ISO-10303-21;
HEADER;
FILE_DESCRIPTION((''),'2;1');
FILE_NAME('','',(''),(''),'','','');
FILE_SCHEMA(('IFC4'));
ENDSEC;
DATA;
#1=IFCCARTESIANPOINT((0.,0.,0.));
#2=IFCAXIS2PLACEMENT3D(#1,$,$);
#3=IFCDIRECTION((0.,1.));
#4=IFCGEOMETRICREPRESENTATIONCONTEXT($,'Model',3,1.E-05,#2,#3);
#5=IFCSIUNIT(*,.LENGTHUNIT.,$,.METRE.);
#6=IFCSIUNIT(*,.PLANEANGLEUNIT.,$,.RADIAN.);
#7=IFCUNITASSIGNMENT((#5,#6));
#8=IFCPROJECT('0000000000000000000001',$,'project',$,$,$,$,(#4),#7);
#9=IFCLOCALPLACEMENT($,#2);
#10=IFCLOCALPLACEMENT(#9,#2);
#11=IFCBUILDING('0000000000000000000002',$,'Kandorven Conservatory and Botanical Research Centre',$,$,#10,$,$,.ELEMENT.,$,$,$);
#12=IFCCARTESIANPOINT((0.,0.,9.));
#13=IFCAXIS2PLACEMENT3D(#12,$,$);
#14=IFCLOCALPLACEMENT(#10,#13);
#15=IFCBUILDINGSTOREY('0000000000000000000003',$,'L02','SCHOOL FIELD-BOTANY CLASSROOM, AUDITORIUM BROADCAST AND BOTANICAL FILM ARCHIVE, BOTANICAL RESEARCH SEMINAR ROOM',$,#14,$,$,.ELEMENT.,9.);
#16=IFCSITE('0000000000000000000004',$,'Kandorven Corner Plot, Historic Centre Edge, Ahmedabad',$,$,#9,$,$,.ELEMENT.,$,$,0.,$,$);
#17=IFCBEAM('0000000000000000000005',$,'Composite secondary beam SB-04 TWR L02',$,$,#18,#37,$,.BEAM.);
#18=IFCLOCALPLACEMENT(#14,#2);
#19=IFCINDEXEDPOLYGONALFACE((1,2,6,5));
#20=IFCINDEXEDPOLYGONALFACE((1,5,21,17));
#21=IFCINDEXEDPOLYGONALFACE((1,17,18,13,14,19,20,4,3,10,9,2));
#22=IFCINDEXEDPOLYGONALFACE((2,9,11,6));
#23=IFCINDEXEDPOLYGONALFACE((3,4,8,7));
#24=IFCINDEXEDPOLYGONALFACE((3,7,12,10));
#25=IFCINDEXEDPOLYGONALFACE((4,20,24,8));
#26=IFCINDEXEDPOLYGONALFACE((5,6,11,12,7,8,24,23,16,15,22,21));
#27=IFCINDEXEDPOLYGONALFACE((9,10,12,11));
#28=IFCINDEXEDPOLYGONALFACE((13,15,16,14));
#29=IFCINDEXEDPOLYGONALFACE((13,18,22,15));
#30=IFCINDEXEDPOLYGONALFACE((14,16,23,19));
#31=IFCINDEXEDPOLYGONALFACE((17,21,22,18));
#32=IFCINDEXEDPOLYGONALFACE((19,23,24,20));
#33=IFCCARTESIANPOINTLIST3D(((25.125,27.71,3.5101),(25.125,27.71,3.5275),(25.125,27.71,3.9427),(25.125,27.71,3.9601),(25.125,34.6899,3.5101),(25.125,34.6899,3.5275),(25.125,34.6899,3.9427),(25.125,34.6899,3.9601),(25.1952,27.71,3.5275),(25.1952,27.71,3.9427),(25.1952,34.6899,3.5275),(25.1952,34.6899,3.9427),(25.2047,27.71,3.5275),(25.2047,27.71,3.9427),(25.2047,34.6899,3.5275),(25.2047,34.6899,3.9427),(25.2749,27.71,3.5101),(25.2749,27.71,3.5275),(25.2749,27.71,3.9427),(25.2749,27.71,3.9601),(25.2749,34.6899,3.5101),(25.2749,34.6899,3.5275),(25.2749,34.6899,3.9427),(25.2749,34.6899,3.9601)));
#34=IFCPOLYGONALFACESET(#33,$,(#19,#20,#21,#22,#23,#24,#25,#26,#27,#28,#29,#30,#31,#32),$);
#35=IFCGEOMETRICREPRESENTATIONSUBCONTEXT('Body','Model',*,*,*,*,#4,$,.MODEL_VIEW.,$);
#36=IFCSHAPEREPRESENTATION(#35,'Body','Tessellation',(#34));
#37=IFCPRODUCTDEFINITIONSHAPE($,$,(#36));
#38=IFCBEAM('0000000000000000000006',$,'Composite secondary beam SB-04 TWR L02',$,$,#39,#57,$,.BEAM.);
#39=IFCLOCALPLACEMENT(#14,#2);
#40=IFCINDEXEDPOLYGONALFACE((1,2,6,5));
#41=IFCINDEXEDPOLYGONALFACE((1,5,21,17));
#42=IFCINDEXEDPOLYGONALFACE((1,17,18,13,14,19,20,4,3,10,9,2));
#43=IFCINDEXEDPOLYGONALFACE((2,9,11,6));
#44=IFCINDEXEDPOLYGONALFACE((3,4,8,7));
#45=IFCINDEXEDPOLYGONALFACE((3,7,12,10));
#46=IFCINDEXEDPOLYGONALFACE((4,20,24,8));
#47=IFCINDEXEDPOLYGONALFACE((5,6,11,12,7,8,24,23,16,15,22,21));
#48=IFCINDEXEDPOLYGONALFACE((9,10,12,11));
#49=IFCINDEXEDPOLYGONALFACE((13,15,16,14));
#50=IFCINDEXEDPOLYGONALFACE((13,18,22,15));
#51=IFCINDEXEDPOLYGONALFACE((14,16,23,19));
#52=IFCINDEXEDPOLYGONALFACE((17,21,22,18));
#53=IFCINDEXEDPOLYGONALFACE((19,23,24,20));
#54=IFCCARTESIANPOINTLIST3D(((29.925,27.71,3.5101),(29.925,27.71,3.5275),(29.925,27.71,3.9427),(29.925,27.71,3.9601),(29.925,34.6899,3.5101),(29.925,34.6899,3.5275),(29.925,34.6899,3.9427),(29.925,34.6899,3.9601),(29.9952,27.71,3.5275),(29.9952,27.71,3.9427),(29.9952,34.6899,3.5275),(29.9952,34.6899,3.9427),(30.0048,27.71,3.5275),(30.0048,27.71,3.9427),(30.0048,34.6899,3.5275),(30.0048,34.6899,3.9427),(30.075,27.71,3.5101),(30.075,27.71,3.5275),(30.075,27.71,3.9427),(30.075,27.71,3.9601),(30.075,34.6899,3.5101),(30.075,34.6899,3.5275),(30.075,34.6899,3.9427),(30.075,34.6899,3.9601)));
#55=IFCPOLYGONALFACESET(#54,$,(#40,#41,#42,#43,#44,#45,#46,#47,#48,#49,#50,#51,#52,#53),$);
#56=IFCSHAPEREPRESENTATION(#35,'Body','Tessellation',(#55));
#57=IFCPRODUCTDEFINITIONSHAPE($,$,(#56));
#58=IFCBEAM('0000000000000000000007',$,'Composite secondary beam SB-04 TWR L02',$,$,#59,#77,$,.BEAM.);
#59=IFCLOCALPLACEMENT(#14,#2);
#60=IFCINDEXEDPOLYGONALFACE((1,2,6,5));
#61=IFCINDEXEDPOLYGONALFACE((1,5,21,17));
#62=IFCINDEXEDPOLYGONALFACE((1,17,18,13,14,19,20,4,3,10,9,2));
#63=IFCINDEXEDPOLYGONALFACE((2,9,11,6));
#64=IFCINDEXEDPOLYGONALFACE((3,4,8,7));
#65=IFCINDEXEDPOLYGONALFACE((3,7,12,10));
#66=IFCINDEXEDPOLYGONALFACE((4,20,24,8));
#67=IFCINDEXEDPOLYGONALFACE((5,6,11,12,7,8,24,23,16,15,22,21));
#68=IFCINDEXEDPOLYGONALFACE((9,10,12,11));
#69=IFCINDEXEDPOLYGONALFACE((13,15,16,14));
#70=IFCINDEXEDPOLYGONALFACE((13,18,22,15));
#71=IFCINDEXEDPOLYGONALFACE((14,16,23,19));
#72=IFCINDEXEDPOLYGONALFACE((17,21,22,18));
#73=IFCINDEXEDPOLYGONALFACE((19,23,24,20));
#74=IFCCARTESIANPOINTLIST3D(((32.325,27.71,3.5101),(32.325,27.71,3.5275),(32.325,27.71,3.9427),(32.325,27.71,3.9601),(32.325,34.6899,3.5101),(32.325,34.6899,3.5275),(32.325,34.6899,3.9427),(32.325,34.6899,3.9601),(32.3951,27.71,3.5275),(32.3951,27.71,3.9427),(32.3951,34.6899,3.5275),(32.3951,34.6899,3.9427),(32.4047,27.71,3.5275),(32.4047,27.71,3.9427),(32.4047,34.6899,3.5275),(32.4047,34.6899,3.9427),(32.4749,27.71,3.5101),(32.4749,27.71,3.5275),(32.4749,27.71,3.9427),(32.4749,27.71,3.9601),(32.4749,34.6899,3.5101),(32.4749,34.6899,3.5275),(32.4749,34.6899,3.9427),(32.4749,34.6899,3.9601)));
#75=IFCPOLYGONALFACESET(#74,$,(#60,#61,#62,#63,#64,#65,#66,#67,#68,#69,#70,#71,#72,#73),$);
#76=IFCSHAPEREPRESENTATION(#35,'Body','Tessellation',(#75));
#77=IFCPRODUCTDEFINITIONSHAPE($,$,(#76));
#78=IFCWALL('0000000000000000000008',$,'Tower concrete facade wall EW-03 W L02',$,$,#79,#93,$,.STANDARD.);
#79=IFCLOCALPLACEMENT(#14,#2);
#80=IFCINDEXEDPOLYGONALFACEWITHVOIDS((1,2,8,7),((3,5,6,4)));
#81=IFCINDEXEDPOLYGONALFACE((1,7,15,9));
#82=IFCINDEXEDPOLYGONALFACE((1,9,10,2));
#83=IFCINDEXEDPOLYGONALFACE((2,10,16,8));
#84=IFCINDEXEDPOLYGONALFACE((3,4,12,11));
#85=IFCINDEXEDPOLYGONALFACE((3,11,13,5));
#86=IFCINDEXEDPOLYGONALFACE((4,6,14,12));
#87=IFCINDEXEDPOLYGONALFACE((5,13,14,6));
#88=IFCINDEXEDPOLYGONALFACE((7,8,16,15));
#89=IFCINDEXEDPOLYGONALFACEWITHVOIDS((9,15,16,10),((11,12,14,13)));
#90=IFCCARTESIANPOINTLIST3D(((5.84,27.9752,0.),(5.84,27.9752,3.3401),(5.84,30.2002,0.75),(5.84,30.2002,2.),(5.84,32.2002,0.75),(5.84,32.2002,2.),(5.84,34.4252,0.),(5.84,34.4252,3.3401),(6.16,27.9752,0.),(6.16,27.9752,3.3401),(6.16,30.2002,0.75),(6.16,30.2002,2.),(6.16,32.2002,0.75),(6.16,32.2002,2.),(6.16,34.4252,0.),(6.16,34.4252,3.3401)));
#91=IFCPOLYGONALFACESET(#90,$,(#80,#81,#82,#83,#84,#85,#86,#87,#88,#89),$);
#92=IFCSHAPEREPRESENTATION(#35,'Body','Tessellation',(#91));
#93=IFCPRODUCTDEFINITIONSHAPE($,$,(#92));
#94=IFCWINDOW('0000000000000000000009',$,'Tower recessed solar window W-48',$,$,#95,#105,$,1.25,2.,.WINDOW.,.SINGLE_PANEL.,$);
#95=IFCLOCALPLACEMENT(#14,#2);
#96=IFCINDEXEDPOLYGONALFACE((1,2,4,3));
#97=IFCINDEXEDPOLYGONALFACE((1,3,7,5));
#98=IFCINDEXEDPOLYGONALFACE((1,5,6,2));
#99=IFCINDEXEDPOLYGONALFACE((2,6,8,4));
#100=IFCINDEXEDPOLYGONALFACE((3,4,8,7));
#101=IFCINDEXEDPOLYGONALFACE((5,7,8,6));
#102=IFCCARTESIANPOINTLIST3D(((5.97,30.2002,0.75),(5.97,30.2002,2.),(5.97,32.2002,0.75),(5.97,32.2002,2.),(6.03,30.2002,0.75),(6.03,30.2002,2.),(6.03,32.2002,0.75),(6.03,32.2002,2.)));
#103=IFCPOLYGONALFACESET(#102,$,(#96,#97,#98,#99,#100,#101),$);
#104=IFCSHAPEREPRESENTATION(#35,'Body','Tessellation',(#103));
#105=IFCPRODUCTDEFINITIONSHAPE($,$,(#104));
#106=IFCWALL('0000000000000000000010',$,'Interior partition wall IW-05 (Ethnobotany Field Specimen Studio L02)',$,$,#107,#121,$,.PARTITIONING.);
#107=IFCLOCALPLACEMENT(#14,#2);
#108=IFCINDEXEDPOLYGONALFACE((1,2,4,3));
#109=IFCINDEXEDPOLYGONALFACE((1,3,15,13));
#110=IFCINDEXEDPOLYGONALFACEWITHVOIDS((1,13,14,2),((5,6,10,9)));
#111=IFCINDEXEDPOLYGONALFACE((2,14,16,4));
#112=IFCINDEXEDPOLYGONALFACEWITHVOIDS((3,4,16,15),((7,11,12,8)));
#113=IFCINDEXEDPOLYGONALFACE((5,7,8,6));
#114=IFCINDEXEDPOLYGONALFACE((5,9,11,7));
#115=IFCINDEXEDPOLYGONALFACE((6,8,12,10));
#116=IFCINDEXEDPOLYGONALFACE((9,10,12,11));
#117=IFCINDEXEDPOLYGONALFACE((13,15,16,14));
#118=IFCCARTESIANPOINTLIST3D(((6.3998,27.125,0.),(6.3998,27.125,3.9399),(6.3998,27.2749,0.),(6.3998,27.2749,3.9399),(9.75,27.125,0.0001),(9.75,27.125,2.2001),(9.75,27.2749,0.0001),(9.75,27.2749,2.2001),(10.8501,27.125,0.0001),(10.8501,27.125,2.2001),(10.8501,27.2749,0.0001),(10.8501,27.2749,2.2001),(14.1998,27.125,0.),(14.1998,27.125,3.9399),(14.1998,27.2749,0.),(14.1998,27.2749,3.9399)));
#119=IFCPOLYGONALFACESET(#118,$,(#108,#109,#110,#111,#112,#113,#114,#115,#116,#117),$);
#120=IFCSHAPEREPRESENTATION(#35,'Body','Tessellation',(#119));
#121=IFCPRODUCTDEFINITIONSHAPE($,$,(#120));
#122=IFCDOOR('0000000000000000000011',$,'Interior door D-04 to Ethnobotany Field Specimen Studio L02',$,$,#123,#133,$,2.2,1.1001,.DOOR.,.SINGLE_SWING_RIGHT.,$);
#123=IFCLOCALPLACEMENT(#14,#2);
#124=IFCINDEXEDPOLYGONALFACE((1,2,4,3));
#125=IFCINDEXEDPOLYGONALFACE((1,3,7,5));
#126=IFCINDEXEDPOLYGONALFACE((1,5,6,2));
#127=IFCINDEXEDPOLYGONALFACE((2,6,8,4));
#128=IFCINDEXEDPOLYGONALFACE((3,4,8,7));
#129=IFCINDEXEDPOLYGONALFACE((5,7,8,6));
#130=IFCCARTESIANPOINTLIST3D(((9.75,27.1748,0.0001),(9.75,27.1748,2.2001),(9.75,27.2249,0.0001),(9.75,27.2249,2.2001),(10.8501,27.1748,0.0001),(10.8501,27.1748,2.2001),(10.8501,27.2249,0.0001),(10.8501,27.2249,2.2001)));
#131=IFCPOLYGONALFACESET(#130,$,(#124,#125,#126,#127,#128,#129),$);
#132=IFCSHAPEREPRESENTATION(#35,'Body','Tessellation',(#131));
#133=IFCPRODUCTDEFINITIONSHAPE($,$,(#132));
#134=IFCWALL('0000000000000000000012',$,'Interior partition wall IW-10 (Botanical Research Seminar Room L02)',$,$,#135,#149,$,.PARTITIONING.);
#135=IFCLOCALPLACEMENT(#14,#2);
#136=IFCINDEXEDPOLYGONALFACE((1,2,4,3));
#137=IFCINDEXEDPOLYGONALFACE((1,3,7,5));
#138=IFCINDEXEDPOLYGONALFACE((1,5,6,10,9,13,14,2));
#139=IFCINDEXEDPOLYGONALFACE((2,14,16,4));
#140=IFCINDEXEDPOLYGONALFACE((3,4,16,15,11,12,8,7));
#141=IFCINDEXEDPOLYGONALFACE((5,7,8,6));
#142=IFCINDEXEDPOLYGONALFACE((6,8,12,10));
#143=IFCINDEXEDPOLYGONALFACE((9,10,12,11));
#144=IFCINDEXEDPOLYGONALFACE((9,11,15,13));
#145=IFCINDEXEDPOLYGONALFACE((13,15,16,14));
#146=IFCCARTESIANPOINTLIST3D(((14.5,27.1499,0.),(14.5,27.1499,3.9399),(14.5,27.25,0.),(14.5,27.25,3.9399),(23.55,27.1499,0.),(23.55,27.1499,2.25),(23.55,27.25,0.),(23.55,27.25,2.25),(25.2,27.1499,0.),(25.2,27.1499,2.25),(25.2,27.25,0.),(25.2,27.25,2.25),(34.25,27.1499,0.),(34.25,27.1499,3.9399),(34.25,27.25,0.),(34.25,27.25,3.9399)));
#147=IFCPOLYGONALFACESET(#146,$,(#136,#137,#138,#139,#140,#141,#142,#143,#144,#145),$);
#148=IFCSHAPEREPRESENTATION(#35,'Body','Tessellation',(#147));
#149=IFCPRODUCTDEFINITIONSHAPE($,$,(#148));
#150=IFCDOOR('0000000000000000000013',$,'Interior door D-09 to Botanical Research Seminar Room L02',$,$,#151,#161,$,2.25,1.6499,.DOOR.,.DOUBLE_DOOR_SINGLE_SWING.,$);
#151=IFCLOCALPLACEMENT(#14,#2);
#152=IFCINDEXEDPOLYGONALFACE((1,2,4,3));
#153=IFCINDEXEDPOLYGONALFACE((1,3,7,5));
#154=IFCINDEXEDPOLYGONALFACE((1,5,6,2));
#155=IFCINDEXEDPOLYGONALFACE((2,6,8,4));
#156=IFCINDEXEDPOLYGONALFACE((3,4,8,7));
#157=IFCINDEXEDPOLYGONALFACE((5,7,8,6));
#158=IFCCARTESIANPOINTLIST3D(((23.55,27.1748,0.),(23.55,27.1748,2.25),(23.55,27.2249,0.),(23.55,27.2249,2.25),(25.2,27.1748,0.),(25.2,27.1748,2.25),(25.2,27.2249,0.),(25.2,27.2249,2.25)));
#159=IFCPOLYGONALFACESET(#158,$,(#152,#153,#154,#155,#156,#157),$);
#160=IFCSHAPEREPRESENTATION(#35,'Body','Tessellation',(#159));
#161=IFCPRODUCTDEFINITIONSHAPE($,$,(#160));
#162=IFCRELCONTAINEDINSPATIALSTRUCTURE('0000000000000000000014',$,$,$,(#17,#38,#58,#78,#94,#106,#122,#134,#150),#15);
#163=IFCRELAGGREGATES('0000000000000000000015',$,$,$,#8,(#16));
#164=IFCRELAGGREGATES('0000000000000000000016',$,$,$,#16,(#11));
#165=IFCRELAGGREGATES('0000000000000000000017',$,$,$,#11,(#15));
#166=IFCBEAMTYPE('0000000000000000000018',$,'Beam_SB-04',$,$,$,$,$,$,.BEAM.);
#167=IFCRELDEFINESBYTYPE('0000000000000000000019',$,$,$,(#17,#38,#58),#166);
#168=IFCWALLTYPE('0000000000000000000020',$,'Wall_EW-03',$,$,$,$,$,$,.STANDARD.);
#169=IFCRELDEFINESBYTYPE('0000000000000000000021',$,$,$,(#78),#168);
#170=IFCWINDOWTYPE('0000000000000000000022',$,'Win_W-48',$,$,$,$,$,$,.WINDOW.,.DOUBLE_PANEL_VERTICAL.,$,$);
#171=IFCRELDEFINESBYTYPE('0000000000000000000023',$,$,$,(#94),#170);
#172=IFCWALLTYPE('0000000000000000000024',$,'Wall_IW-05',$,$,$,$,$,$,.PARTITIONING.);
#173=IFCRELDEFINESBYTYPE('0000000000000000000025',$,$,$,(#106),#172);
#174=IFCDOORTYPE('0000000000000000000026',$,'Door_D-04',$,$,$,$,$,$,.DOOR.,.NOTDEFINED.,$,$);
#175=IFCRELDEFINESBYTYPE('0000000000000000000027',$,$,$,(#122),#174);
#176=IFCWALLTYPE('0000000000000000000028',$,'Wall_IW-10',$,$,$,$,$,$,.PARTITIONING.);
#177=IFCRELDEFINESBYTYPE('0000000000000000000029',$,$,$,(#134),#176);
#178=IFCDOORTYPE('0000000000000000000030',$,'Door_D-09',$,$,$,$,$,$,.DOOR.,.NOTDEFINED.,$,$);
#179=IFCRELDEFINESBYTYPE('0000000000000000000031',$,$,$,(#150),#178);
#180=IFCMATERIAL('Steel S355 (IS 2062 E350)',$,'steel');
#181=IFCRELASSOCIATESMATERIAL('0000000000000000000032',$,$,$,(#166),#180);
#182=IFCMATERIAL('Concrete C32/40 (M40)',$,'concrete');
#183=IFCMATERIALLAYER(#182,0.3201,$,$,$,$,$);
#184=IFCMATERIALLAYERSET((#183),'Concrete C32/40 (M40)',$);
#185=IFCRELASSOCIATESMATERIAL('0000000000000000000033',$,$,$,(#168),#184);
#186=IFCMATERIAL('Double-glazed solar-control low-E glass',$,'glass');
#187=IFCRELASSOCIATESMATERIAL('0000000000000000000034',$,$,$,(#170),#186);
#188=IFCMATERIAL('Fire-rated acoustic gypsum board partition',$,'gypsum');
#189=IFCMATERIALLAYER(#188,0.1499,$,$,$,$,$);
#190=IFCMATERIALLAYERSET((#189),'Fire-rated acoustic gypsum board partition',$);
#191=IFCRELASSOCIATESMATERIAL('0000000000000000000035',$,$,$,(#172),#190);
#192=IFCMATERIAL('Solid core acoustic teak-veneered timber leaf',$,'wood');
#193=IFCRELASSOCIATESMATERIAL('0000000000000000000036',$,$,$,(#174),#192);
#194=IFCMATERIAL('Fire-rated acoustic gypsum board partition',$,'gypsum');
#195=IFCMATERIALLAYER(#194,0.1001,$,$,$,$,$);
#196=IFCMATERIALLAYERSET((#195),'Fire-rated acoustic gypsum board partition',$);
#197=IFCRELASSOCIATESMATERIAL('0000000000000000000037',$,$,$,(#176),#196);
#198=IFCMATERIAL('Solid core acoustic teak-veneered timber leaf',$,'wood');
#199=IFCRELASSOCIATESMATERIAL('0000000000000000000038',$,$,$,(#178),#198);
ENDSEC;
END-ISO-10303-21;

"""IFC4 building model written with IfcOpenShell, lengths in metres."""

from ifc_helpers import new_model, si_unit, direction, frame, frame_2d, origin, origin_2d, place, context, subcontext, project, spatial, rectangle, i_section, extrude, material, layer, layer_set, material_profile, profile_set, type_object, element, fill, save


model = new_model("IFC4")

# Units and contexts
model_context = context("Model", 3, precision=1e-05, world=origin(), true_north=direction((0.0, 1.0)))
body_context = subcontext(model_context, "Body", "Model", "MODEL_VIEW")
ifc_project = project(units=[si_unit("LENGTHUNIT", "METRE"), si_unit("PLANEANGLEUNIT", "RADIAN")], contexts=[model_context])

# Site, building, storey
site_placement = place(None, origin())
site = spatial("IfcSite", under=ifc_project, at=site_placement, Name="Kandorven Corner Plot, Historic Centre Edge, Ahmedabad", CompositionType="ELEMENT", RefElevation=0.0)
building_placement = place(site_placement, origin())
building = spatial("IfcBuilding", under=site, at=building_placement, Name="Kandorven Conservatory and Botanical Research Centre", CompositionType="ELEMENT")
storey_placement = place(building_placement, frame((0.0, 0.0, 9.0)))
storey = spatial("IfcBuildingStorey", under=building, at=storey_placement, Name="L02", Description="SCHOOL FIELD-BOTANY CLASSROOM, AUDITORIUM BROADCAST AND BOTANICAL FILM ARCHIVE, BOTANICAL RESEARCH SEMINAR ROOM", CompositionType="ELEMENT", Elevation=9.0)

# Beams
ifc_material_1 = material(Name="Steel S355 (IS 2062 E350)", Category="steel")
ifc_material_profile_1 = material_profile(ifc_material_1, i_section(OverallWidth=0.1499, OverallDepth=0.45, WebThickness=0.0095, FlangeThickness=0.0173, at=origin_2d()))
ifc_profile_set_1 = profile_set([ifc_material_profile_1], Name="Steel S355 (IS 2062 E350)")
beam_type_1 = type_object("IfcBeamType", Name="Beam_SB-04", PredefinedType="BEAM", material=ifc_profile_set_1)
for number, where, z_axis, x_axis, name in (
    (1, (25.2, 27.71, 3.7351), (0.0, 1.0, 0.0), (-1.0, 0.0, 0.0), "Composite secondary beam SB-04 TWR L02"),
    (2, (30.0, 27.71, 3.7351), (0.0, 1.0, 0.0), (-1.0, 0.0, 0.0), "Composite secondary beam SB-04 TWR L02"),
    (3, (32.3999, 27.71, 3.7351), (0.0, 1.0, 0.0), (-1.0, 0.0, 0.0), "Composite secondary beam SB-04 TWR L02"),
):
    element("IfcBeam", number, at=place(storey_placement, frame(where, z_axis=z_axis, x_axis=x_axis)), inside=storey, type_object=beam_type_1, Name=name, PredefinedType="BEAM", context=body_context, shape_type="SweptSolid", body=[
        extrude(i_section(OverallWidth=0.1499, OverallDepth=0.45, WebThickness=0.0095, FlangeThickness=0.0173, at=origin_2d()), origin(), (0.0, 0.0, 1.0), 6.98),
    ])

# Wall, opening, window
ifc_material_2 = material(Name="Concrete C32/40 (M40)", Category="concrete")
ifc_layer_1 = layer(ifc_material_2, 0.3201)
ifc_layer_set_1 = layer_set([ifc_layer_1], Name="Concrete C32/40 (M40)")
wall_type_1 = type_object("IfcWallType", Name="Wall_EW-03", PredefinedType="STANDARD", material=ifc_layer_set_1)
wall_1_placement = place(storey_placement, frame((6.0, 27.9751, 0.0), z_axis=(0.0, 0.0, 1.0), x_axis=(0.0, 1.0, 0.0)))
wall_1 = element("IfcWall", 4, at=wall_1_placement, inside=storey, type_object=wall_type_1, Name="Tower concrete facade wall EW-03 W L02", PredefinedType="STANDARD", context=body_context, shape_type="SweptSolid", body=[
    extrude(rectangle(XDim=6.45, YDim=0.3201, at=frame_2d((3.2251, 0.0))), origin(), (0.0, 0.0, 1.0), 3.3401),
])
opening_1_placement = place(wall_1_placement, frame((2.2251, 0.0, 0.75)))
opening_1 = element("IfcOpeningElement", 5, at=opening_1_placement, cuts=wall_1, PredefinedType="OPENING", context=body_context, shape_type="SweptSolid", body=[
    extrude(rectangle(XDim=2.0, YDim=1.25, at=frame_2d((1.0, 0.625))), frame((0.0, 0.1699, 0.0), z_axis=(0.0, -1.0, 0.0), x_axis=(1.0, 0.0, 0.0)), (0.0, 0.0, 1.0), 0.3401),
])
ifc_material_3 = material(Name="Double-glazed solar-control low-E glass", Category="glass")
window_type = type_object("IfcWindowType", Name="Win_W-48", PartitioningType="DOUBLE_PANEL_VERTICAL", PredefinedType="WINDOW", material=ifc_material_3)
window_placement = place(opening_1_placement, origin())
window = element("IfcWindow", 6, at=window_placement, inside=storey, type_object=window_type, Name="Tower recessed solar window W-48", OverallHeight=1.25, OverallWidth=2.0, PartitioningType="SINGLE_PANEL", PredefinedType="WINDOW", context=body_context, shape_type="SweptSolid", body=[
    extrude(rectangle(XDim=2.0, YDim=1.25, at=frame_2d((1.0, 0.625))), frame((0.0, 0.03, 0.0), z_axis=(0.0, -1.0, 0.0), x_axis=(1.0, 0.0, 0.0)), (0.0, 0.0, 1.0), 0.0601),
])
fill(opening_1, window)

# Walls, openings, doors
ifc_material_4 = material(Name="Fire-rated acoustic gypsum board partition", Category="gypsum")
ifc_layer_2 = layer(ifc_material_4, 0.1499)
ifc_layer_set_2 = layer_set([ifc_layer_2], Name="Fire-rated acoustic gypsum board partition")
wall_type_2 = type_object("IfcWallType", Name="Wall_IW-05", PredefinedType="PARTITIONING", material=ifc_layer_set_2)
wall_2_placement = place(storey_placement, frame((6.3999, 27.2, 0.0), z_axis=(0.0, 0.0, 1.0), x_axis=(1.0, 0.0, 0.0)))
wall_2 = element("IfcWall", 7, at=wall_2_placement, inside=storey, type_object=wall_type_2, Name="Interior partition wall IW-05 (Ethnobotany Field Specimen Studio L02)", PredefinedType="PARTITIONING", context=body_context, shape_type="SweptSolid", body=[
    extrude(rectangle(XDim=7.8, YDim=0.1499, at=frame_2d((3.8999, 0.0))), origin(), (0.0, 0.0, 1.0), 3.9399),
])
opening_2_placement = place(wall_2_placement, frame((3.3501, 0.0, 0.0)))
opening_2 = element("IfcOpeningElement", 8, at=opening_2_placement, cuts=wall_2, PredefinedType="OPENING", context=body_context, shape_type="SweptSolid", body=[
    extrude(rectangle(XDim=1.1001, YDim=2.2, at=frame_2d((0.55, 1.1001))), frame((0.0, 0.085, 0.0), z_axis=(0.0, -1.0, 0.0), x_axis=(1.0, 0.0, 0.0)), (0.0, 0.0, 1.0), 0.1699),
])
ifc_material_5 = material(Name="Solid core acoustic teak-veneered timber leaf", Category="wood")
door_type_1 = type_object("IfcDoorType", Name="Door_D-04", OperationType="NOTDEFINED", PredefinedType="DOOR", material=ifc_material_5)
door_1_placement = place(opening_2_placement, origin())
door_1 = element("IfcDoor", 9, at=door_1_placement, inside=storey, type_object=door_type_1, Name="Interior door D-04 to Ethnobotany Field Specimen Studio L02", OperationType="SINGLE_SWING_RIGHT", OverallHeight=2.2, OverallWidth=1.1001, PredefinedType="DOOR", context=body_context, shape_type="SweptSolid", body=[
    extrude(rectangle(XDim=1.1001, YDim=2.2, at=frame_2d((0.55, 1.1001))), frame((0.0, 0.0249, 0.0), z_axis=(0.0, -1.0, 0.0), x_axis=(1.0, 0.0, 0.0)), (0.0, 0.0, 1.0), 0.05),
])
fill(opening_2, door_1)
ifc_material_6 = material(Name="Fire-rated acoustic gypsum board partition", Category="gypsum")
ifc_layer_3 = layer(ifc_material_6, 0.1001)
ifc_layer_set_3 = layer_set([ifc_layer_3], Name="Fire-rated acoustic gypsum board partition")
wall_type_3 = type_object("IfcWallType", Name="Wall_IW-10", PredefinedType="PARTITIONING", material=ifc_layer_set_3)
wall_3_placement = place(storey_placement, frame((14.5, 27.2, 0.0), z_axis=(0.0, 0.0, 1.0), x_axis=(1.0, 0.0, 0.0)))
wall_3 = element("IfcWall", 10, at=wall_3_placement, inside=storey, type_object=wall_type_3, Name="Interior partition wall IW-10 (Botanical Research Seminar Room L02)", PredefinedType="PARTITIONING", context=body_context, shape_type="SweptSolid", body=[
    extrude(rectangle(XDim=19.75, YDim=0.1001, at=frame_2d((9.875, 0.0))), origin(), (0.0, 0.0, 1.0), 3.9399),
])
opening_3_placement = place(wall_3_placement, frame((9.05, 0.0, 0.0)))
opening_3 = element("IfcOpeningElement", 11, at=opening_3_placement, cuts=wall_3, PredefinedType="OPENING", context=body_context, shape_type="SweptSolid", body=[
    extrude(rectangle(XDim=1.6499, YDim=2.25, at=frame_2d((0.825, 1.125))), frame((0.0, 0.0601, 0.0), z_axis=(0.0, -1.0, 0.0), x_axis=(1.0, 0.0, 0.0)), (0.0, 0.0, 1.0), 0.1201),
])
ifc_material_7 = material(Name="Solid core acoustic teak-veneered timber leaf", Category="wood")
door_type_2 = type_object("IfcDoorType", Name="Door_D-09", OperationType="NOTDEFINED", PredefinedType="DOOR", material=ifc_material_7)
door_2_placement = place(opening_3_placement, origin())
door_2 = element("IfcDoor", 12, at=door_2_placement, inside=storey, type_object=door_type_2, Name="Interior door D-09 to Botanical Research Seminar Room L02", OperationType="DOUBLE_DOOR_SINGLE_SWING", OverallHeight=2.25, OverallWidth=1.6499, PredefinedType="DOOR", context=body_context, shape_type="SweptSolid", body=[
    extrude(rectangle(XDim=1.6499, YDim=2.25, at=frame_2d((0.825, 1.125))), frame((0.0, 0.0249, 0.0), z_axis=(0.0, -1.0, 0.0), x_axis=(1.0, 0.0, 0.0)), (0.0, 0.0, 1.0), 0.05),
])
fill(opening_3, door_2)

save(model, "model.ifc")
